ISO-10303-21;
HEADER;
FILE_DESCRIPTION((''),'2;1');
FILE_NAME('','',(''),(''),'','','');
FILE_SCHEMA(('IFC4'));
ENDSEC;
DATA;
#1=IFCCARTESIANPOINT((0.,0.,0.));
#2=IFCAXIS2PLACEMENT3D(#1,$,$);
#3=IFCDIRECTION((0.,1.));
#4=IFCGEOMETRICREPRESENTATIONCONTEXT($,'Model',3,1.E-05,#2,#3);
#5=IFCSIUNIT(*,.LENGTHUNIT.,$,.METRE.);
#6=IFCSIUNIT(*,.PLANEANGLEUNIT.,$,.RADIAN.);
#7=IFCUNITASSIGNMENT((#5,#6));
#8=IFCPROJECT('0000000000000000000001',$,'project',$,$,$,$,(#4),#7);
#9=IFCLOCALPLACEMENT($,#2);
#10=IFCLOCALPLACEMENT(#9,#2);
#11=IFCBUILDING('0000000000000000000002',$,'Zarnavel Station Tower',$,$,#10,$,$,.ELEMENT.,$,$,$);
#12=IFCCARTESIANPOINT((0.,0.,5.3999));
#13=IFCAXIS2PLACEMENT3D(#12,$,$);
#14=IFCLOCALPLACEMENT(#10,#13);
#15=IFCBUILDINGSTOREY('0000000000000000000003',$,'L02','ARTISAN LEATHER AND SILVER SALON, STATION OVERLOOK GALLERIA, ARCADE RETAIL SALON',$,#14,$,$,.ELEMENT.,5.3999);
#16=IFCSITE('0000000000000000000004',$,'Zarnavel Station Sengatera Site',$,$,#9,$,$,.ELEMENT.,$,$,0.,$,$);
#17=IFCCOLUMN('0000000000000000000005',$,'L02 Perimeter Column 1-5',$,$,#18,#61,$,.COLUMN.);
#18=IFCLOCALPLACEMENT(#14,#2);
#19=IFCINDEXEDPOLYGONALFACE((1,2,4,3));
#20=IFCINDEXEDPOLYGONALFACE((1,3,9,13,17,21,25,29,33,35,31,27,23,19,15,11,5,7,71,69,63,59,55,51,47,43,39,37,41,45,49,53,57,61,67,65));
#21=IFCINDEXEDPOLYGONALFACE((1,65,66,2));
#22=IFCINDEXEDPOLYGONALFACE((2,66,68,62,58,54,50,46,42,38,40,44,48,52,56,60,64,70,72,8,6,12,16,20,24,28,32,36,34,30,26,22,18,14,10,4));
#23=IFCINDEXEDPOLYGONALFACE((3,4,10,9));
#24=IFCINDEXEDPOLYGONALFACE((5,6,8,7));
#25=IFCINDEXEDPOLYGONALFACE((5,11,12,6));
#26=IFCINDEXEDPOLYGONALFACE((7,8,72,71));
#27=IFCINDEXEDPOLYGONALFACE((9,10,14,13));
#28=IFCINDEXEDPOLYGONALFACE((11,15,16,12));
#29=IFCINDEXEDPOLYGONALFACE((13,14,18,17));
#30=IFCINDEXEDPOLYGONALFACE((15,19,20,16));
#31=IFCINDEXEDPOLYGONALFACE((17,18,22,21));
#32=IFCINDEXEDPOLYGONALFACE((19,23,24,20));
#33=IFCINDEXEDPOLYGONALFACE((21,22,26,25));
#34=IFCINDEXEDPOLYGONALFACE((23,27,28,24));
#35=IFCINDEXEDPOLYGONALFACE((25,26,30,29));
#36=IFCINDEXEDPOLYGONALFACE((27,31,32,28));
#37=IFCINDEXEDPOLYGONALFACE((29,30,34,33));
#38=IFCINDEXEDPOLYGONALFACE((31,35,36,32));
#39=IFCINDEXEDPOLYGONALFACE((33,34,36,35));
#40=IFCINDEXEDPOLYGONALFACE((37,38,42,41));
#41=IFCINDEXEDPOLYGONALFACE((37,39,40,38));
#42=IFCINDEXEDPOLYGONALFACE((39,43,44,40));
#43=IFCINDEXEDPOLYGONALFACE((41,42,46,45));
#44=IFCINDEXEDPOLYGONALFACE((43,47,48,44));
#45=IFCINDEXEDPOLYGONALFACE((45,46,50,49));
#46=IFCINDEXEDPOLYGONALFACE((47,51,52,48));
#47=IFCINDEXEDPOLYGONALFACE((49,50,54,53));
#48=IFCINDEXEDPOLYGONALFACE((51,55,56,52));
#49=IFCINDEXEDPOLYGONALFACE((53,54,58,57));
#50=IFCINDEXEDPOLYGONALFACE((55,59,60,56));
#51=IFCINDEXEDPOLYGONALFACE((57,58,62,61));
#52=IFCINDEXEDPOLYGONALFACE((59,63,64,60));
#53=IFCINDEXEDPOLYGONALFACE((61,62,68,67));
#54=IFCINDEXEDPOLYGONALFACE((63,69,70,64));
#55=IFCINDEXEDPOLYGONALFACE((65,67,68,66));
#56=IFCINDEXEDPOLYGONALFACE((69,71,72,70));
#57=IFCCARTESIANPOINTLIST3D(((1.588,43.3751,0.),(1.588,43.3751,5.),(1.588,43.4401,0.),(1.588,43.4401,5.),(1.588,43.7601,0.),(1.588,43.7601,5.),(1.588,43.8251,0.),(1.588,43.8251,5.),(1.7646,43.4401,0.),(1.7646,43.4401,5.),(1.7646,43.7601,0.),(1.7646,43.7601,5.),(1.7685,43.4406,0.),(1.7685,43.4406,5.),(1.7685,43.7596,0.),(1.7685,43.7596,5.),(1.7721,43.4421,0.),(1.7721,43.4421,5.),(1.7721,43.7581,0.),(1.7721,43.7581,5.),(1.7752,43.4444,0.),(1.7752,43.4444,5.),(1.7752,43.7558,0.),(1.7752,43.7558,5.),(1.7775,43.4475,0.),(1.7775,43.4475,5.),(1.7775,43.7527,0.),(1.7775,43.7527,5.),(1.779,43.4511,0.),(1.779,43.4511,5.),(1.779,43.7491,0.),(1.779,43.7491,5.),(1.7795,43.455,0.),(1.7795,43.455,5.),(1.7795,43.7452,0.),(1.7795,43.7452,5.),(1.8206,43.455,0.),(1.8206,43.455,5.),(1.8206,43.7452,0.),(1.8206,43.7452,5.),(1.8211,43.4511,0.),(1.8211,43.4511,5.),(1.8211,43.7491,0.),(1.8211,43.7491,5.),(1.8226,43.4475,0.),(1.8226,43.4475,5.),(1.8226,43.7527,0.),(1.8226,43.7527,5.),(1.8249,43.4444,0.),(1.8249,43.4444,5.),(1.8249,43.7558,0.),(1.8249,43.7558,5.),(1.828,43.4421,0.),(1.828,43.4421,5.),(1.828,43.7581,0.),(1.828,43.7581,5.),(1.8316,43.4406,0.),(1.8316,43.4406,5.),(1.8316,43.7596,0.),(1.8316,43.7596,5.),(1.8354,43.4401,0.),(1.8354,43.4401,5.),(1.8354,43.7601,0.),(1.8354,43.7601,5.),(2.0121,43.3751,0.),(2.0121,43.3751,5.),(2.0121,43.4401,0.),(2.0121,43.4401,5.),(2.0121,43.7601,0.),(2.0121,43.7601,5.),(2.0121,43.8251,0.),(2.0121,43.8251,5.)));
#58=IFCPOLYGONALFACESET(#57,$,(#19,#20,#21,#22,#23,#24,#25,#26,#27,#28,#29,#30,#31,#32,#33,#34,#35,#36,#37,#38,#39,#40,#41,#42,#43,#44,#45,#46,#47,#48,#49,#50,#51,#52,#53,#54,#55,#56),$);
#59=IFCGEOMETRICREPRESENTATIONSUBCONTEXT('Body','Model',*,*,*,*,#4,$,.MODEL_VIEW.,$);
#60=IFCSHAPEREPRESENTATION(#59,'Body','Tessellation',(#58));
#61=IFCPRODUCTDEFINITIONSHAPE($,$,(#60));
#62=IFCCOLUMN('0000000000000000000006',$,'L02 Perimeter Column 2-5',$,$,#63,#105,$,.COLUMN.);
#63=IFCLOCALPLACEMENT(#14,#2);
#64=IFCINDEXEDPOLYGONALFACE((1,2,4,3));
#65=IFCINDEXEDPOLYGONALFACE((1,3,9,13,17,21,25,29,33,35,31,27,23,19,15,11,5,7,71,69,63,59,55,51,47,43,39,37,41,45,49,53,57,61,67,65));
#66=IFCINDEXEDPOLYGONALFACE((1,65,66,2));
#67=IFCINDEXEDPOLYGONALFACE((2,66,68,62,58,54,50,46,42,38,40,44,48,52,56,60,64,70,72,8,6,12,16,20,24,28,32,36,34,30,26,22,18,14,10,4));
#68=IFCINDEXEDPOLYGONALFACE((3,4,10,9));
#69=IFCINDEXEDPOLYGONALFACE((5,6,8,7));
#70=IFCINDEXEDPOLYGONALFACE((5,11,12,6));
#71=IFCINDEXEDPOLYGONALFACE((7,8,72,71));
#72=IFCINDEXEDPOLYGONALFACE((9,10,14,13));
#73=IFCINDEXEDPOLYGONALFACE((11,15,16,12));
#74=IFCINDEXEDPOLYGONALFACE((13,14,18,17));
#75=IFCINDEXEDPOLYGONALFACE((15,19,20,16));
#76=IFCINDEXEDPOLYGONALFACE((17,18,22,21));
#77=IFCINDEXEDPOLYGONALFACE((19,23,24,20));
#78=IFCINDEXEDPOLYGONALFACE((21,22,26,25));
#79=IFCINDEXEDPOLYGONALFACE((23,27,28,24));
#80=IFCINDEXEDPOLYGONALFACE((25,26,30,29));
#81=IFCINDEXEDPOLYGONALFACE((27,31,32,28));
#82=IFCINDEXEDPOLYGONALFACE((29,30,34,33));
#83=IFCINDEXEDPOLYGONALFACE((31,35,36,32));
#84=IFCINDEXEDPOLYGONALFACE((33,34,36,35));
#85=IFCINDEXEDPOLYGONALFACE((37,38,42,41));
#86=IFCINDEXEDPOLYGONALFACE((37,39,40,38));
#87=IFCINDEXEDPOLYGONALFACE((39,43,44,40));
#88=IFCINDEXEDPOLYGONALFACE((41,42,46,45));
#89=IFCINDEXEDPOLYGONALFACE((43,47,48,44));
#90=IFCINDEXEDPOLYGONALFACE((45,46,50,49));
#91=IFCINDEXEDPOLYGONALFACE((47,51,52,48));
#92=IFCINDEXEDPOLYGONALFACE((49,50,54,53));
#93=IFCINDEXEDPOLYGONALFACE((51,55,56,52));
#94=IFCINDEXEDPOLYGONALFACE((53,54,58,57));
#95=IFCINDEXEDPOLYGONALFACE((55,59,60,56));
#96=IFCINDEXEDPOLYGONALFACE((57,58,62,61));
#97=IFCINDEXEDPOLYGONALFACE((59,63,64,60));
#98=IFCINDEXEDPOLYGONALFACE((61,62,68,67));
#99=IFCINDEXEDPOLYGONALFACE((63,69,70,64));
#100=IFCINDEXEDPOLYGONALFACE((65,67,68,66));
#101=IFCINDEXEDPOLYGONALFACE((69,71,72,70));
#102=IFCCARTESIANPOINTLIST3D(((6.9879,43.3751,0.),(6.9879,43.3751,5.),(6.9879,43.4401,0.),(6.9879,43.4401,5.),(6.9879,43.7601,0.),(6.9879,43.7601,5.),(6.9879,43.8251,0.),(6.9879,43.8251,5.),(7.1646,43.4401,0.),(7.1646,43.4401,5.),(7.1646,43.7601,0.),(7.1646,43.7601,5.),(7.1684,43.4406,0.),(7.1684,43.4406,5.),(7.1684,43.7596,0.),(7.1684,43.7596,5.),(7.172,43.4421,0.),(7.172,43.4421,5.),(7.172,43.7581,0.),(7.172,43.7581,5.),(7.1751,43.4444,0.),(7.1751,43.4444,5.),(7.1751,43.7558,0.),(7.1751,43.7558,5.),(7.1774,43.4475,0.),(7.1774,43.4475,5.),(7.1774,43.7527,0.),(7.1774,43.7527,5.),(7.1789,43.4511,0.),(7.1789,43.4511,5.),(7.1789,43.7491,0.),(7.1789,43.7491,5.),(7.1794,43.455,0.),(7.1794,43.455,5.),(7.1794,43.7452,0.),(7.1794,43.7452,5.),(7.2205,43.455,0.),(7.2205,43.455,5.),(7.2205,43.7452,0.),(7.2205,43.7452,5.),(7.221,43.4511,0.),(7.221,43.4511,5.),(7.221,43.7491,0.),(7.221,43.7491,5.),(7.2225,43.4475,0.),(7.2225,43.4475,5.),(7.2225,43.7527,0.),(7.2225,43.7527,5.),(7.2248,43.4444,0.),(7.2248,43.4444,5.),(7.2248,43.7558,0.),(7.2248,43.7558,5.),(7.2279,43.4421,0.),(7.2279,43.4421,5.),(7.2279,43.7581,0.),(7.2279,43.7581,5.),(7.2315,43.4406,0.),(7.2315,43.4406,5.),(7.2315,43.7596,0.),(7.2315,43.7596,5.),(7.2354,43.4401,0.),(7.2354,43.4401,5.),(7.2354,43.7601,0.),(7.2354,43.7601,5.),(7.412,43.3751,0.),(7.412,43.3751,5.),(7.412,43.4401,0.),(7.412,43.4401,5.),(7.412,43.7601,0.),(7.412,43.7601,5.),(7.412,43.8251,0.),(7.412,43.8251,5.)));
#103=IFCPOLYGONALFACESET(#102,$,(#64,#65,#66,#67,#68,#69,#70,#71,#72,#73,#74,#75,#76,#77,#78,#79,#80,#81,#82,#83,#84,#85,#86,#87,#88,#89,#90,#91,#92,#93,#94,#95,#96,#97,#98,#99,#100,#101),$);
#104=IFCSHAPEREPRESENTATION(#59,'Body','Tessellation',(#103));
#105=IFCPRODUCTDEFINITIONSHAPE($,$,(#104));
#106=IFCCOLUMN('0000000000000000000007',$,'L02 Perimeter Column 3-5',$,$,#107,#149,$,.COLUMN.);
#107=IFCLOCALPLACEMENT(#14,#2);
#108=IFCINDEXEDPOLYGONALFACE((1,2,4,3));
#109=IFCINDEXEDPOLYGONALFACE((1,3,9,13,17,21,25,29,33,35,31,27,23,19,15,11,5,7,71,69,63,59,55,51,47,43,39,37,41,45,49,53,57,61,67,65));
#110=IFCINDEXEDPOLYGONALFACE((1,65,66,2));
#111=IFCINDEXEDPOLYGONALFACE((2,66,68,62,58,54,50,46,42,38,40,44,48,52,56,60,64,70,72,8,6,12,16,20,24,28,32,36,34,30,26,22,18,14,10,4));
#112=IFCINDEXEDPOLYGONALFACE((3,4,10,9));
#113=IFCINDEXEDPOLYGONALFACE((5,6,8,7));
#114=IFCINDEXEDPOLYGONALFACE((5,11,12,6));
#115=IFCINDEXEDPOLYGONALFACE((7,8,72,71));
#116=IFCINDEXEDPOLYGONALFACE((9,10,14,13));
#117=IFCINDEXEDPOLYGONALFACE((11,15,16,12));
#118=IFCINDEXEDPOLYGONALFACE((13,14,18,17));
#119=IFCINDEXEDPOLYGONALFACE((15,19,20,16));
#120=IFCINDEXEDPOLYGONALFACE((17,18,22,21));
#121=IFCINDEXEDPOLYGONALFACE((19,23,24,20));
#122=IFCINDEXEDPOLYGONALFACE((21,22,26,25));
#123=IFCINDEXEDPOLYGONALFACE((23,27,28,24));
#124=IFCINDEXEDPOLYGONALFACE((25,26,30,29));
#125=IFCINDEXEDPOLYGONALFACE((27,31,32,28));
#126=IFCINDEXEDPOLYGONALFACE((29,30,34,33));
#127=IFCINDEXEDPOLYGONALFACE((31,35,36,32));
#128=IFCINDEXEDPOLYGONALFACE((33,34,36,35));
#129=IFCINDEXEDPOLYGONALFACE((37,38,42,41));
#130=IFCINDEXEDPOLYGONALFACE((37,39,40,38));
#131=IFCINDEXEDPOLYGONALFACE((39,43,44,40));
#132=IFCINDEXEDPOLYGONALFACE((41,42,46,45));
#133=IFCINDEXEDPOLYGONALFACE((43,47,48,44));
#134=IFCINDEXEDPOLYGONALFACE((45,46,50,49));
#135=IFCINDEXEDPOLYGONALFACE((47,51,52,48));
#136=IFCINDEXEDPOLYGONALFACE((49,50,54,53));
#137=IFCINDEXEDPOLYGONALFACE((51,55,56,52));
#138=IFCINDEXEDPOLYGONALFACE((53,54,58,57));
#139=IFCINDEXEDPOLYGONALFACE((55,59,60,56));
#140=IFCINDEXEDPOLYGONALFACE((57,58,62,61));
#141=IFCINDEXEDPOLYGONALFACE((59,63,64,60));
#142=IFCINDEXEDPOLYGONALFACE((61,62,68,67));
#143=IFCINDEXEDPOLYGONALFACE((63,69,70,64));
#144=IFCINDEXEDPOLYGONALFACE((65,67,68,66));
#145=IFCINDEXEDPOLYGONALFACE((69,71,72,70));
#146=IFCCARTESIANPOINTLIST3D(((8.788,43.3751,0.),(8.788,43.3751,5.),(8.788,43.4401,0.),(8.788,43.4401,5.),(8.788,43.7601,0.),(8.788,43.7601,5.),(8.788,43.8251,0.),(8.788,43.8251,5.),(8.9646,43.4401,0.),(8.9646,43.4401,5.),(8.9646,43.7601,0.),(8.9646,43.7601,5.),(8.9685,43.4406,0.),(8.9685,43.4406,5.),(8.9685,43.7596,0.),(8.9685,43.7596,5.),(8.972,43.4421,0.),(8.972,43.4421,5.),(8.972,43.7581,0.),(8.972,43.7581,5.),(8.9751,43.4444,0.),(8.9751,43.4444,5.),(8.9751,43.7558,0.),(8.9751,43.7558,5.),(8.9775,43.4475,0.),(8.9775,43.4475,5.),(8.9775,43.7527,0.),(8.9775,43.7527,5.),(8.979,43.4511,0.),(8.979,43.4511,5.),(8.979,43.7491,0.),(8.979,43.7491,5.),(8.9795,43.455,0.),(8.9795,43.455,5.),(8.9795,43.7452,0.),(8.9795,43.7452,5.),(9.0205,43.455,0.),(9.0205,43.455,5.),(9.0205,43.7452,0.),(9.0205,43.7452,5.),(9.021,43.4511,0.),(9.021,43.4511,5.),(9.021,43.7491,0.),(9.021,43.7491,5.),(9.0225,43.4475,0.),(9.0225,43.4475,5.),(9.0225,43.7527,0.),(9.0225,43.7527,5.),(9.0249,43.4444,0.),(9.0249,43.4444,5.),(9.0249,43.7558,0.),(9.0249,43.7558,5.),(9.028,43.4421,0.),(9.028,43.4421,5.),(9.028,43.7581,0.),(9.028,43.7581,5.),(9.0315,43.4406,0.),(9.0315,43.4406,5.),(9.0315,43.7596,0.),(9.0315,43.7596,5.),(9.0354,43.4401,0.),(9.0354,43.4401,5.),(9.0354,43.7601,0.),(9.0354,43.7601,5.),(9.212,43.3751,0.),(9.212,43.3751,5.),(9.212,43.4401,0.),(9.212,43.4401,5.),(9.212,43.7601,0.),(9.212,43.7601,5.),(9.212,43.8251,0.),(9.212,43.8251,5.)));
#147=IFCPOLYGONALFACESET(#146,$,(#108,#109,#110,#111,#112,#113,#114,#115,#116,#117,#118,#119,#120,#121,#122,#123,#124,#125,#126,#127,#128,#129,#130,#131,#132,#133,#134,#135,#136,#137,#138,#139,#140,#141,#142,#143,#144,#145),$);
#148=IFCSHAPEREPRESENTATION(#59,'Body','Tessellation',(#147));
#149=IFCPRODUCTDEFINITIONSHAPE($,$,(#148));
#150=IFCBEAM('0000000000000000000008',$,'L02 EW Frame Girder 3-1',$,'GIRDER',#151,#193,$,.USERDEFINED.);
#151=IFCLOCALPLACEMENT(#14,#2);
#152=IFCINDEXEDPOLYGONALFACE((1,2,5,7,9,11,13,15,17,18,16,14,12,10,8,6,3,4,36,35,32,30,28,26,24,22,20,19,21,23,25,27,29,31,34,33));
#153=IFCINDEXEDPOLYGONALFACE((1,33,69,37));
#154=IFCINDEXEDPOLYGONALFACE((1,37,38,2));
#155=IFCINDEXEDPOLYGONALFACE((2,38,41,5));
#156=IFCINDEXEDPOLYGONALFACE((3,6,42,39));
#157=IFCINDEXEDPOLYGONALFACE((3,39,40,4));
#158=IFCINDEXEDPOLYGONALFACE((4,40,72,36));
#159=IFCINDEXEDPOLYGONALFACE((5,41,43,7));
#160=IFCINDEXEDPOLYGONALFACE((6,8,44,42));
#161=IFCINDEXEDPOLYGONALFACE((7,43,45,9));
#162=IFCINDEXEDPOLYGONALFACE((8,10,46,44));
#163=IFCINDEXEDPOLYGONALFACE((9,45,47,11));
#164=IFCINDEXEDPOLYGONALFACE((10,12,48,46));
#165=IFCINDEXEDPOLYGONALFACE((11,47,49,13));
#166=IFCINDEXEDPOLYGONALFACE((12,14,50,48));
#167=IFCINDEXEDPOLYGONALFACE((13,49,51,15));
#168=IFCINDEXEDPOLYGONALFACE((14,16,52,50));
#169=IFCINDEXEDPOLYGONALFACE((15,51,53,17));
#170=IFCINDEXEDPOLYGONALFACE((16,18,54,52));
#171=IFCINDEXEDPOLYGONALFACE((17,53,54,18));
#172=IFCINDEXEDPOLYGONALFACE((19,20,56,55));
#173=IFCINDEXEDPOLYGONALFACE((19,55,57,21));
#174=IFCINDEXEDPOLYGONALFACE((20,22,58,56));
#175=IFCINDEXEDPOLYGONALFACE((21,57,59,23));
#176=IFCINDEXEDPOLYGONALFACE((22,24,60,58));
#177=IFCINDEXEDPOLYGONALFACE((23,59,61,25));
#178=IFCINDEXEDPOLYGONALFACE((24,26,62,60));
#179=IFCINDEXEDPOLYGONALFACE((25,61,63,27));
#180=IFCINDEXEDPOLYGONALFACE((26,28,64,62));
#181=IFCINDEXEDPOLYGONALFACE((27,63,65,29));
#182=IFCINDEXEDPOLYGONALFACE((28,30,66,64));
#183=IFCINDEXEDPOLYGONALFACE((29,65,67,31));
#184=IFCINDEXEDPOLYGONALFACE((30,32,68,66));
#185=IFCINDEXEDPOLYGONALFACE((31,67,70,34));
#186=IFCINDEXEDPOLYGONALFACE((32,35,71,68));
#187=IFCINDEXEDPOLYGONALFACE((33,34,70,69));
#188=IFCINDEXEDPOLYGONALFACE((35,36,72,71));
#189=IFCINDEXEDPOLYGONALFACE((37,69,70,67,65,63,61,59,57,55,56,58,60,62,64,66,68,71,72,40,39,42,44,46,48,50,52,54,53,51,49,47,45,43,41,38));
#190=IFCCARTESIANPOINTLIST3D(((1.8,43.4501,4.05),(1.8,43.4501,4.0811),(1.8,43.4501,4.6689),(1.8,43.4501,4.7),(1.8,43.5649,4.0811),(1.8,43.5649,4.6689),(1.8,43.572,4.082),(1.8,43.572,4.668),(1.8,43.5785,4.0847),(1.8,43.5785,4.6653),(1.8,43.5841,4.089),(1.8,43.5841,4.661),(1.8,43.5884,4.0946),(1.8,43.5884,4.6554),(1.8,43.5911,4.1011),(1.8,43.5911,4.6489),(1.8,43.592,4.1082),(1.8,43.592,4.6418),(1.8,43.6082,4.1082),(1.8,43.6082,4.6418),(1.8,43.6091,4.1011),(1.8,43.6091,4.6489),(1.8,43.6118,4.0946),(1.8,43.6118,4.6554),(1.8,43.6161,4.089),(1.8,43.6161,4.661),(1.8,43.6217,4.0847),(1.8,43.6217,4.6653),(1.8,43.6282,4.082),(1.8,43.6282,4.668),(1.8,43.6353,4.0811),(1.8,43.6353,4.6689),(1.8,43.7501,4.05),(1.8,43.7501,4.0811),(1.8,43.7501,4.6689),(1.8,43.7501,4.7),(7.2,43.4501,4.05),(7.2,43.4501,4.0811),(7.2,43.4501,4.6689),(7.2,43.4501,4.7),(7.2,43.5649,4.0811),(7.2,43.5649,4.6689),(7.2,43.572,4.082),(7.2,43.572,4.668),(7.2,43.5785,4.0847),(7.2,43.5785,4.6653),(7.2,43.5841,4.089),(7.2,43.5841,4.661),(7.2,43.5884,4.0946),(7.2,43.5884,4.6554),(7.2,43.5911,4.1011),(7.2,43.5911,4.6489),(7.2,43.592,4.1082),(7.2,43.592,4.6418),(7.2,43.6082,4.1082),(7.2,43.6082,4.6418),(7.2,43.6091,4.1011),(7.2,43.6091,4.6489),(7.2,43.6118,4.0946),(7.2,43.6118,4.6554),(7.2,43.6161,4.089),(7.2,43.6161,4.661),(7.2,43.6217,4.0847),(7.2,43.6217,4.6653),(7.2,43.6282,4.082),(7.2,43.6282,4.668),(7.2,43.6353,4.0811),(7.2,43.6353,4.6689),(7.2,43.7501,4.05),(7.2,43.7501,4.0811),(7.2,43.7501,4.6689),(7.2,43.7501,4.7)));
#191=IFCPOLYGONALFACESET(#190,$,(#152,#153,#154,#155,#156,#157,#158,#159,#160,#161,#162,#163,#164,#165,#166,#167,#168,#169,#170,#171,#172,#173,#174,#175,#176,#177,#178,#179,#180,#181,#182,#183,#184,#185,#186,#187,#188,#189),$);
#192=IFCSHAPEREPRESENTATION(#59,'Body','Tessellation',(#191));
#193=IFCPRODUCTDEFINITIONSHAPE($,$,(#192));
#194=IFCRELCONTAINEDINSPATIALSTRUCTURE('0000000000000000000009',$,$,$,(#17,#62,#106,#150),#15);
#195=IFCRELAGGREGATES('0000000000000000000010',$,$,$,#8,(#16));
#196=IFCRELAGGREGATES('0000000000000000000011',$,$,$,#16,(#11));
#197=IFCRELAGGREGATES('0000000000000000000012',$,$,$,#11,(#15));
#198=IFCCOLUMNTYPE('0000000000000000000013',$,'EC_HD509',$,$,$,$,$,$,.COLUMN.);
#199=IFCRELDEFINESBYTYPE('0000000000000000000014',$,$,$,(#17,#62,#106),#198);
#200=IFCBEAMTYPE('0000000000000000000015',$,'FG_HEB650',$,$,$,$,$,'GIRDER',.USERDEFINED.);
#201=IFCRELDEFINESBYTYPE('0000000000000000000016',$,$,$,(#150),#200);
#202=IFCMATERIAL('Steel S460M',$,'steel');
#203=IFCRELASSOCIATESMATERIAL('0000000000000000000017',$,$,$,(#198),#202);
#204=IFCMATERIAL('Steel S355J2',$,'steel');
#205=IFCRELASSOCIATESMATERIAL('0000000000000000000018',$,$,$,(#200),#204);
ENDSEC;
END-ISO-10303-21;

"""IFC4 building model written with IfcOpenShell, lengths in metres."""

from ifc_helpers import new_model, si_unit, direction, frame, origin, origin_2d, place, context, subcontext, project, spatial, i_section, extrude, material, material_profile, profile_set, type_object, element, save


model = new_model("IFC4")

# Units and contexts
model_context = context("Model", 3, precision=1e-05, world=origin(), true_north=direction((0.0, 1.0)))
body_context = subcontext(model_context, "Body", "Model", "MODEL_VIEW")
ifc_project = project(units=[si_unit("LENGTHUNIT", "METRE"), si_unit("PLANEANGLEUNIT", "RADIAN")], contexts=[model_context])

# Site, building, storey
site_placement = place(None, origin())
site = spatial("IfcSite", under=ifc_project, at=site_placement, Name="Zarnavel Station Sengatera Site", CompositionType="ELEMENT", RefElevation=0.0)
building_placement = place(site_placement, origin())
building = spatial("IfcBuilding", under=site, at=building_placement, Name="Zarnavel Station Tower", CompositionType="ELEMENT")
storey_placement = place(building_placement, frame((0.0, 0.0, 5.3999)))
storey = spatial("IfcBuildingStorey", under=building, at=storey_placement, Name="L02", Description="ARTISAN LEATHER AND SILVER SALON, STATION OVERLOOK GALLERIA, ARCADE RETAIL SALON", CompositionType="ELEMENT", Elevation=5.3999)

# Columns
ifc_material_1 = material(Name="Steel S460M", Category="steel")
ifc_material_profile_1 = material_profile(ifc_material_1, i_section(OverallWidth=0.4241, OverallDepth=0.45, WebThickness=0.041, FlangeThickness=0.0649, FilletRadius=0.0149, at=origin_2d()), Name="HD400x509")
ifc_profile_set_1 = profile_set([ifc_material_profile_1], Name="Steel S460M")
column_type = type_object("IfcColumnType", Name="EC_HD509", PredefinedType="COLUMN", material=ifc_profile_set_1)
for number, where, z_axis, x_axis, name in (
    (1, (1.8, 43.6001, 0.0), (0.0, 0.0, 1.0), (1.0, 0.0, 0.0), "L02 Perimeter Column 1-5"),
    (2, (7.2, 43.6001, 0.0), (0.0, 0.0, 1.0), (1.0, 0.0, 0.0), "L02 Perimeter Column 2-5"),
    (3, (9.0, 43.6001, 0.0), (0.0, 0.0, 1.0), (1.0, 0.0, 0.0), "L02 Perimeter Column 3-5"),
):
    element("IfcColumn", number, at=place(storey_placement, frame(where, z_axis=z_axis, x_axis=x_axis)), inside=storey, type_object=column_type, Name=name, PredefinedType="COLUMN", context=body_context, shape_type="SweptSolid", body=[
        extrude(i_section(OverallWidth=0.4241, OverallDepth=0.45, WebThickness=0.041, FlangeThickness=0.0649, FilletRadius=0.0149, at=origin_2d()), origin(), (0.0, 0.0, 1.0), 5.0),
    ])

# Beam
ifc_material_2 = material(Name="Steel S355J2", Category="steel")
ifc_material_profile_2 = material_profile(ifc_material_2, i_section(OverallWidth=0.3, OverallDepth=0.6499, WebThickness=0.0161, FlangeThickness=0.031, FilletRadius=0.0271, at=origin_2d()), Name="HEB650")
ifc_profile_set_2 = profile_set([ifc_material_profile_2], Name="Steel S355J2")
beam_type = type_object("IfcBeamType", Name="FG_HEB650", ElementType="GIRDER", PredefinedType="USERDEFINED", material=ifc_profile_set_2)
beam_1_placement = place(storey_placement, frame((1.8, 43.6001, 4.375), z_axis=(1.0, 0.0, 0.0), x_axis=(0.0, 1.0, 0.0)))
element("IfcBeam", 4, at=beam_1_placement, inside=storey, type_object=beam_type, Name="L02 EW Frame Girder 3-1", ObjectType="GIRDER", PredefinedType="USERDEFINED", context=body_context, shape_type="SweptSolid", body=[
    extrude(i_section(OverallWidth=0.3, OverallDepth=0.6499, WebThickness=0.0161, FlangeThickness=0.031, FilletRadius=0.0271, at=origin_2d()), origin(), (0.0, 0.0, 1.0), 5.3999),
])

save(model, "model.ifc")
